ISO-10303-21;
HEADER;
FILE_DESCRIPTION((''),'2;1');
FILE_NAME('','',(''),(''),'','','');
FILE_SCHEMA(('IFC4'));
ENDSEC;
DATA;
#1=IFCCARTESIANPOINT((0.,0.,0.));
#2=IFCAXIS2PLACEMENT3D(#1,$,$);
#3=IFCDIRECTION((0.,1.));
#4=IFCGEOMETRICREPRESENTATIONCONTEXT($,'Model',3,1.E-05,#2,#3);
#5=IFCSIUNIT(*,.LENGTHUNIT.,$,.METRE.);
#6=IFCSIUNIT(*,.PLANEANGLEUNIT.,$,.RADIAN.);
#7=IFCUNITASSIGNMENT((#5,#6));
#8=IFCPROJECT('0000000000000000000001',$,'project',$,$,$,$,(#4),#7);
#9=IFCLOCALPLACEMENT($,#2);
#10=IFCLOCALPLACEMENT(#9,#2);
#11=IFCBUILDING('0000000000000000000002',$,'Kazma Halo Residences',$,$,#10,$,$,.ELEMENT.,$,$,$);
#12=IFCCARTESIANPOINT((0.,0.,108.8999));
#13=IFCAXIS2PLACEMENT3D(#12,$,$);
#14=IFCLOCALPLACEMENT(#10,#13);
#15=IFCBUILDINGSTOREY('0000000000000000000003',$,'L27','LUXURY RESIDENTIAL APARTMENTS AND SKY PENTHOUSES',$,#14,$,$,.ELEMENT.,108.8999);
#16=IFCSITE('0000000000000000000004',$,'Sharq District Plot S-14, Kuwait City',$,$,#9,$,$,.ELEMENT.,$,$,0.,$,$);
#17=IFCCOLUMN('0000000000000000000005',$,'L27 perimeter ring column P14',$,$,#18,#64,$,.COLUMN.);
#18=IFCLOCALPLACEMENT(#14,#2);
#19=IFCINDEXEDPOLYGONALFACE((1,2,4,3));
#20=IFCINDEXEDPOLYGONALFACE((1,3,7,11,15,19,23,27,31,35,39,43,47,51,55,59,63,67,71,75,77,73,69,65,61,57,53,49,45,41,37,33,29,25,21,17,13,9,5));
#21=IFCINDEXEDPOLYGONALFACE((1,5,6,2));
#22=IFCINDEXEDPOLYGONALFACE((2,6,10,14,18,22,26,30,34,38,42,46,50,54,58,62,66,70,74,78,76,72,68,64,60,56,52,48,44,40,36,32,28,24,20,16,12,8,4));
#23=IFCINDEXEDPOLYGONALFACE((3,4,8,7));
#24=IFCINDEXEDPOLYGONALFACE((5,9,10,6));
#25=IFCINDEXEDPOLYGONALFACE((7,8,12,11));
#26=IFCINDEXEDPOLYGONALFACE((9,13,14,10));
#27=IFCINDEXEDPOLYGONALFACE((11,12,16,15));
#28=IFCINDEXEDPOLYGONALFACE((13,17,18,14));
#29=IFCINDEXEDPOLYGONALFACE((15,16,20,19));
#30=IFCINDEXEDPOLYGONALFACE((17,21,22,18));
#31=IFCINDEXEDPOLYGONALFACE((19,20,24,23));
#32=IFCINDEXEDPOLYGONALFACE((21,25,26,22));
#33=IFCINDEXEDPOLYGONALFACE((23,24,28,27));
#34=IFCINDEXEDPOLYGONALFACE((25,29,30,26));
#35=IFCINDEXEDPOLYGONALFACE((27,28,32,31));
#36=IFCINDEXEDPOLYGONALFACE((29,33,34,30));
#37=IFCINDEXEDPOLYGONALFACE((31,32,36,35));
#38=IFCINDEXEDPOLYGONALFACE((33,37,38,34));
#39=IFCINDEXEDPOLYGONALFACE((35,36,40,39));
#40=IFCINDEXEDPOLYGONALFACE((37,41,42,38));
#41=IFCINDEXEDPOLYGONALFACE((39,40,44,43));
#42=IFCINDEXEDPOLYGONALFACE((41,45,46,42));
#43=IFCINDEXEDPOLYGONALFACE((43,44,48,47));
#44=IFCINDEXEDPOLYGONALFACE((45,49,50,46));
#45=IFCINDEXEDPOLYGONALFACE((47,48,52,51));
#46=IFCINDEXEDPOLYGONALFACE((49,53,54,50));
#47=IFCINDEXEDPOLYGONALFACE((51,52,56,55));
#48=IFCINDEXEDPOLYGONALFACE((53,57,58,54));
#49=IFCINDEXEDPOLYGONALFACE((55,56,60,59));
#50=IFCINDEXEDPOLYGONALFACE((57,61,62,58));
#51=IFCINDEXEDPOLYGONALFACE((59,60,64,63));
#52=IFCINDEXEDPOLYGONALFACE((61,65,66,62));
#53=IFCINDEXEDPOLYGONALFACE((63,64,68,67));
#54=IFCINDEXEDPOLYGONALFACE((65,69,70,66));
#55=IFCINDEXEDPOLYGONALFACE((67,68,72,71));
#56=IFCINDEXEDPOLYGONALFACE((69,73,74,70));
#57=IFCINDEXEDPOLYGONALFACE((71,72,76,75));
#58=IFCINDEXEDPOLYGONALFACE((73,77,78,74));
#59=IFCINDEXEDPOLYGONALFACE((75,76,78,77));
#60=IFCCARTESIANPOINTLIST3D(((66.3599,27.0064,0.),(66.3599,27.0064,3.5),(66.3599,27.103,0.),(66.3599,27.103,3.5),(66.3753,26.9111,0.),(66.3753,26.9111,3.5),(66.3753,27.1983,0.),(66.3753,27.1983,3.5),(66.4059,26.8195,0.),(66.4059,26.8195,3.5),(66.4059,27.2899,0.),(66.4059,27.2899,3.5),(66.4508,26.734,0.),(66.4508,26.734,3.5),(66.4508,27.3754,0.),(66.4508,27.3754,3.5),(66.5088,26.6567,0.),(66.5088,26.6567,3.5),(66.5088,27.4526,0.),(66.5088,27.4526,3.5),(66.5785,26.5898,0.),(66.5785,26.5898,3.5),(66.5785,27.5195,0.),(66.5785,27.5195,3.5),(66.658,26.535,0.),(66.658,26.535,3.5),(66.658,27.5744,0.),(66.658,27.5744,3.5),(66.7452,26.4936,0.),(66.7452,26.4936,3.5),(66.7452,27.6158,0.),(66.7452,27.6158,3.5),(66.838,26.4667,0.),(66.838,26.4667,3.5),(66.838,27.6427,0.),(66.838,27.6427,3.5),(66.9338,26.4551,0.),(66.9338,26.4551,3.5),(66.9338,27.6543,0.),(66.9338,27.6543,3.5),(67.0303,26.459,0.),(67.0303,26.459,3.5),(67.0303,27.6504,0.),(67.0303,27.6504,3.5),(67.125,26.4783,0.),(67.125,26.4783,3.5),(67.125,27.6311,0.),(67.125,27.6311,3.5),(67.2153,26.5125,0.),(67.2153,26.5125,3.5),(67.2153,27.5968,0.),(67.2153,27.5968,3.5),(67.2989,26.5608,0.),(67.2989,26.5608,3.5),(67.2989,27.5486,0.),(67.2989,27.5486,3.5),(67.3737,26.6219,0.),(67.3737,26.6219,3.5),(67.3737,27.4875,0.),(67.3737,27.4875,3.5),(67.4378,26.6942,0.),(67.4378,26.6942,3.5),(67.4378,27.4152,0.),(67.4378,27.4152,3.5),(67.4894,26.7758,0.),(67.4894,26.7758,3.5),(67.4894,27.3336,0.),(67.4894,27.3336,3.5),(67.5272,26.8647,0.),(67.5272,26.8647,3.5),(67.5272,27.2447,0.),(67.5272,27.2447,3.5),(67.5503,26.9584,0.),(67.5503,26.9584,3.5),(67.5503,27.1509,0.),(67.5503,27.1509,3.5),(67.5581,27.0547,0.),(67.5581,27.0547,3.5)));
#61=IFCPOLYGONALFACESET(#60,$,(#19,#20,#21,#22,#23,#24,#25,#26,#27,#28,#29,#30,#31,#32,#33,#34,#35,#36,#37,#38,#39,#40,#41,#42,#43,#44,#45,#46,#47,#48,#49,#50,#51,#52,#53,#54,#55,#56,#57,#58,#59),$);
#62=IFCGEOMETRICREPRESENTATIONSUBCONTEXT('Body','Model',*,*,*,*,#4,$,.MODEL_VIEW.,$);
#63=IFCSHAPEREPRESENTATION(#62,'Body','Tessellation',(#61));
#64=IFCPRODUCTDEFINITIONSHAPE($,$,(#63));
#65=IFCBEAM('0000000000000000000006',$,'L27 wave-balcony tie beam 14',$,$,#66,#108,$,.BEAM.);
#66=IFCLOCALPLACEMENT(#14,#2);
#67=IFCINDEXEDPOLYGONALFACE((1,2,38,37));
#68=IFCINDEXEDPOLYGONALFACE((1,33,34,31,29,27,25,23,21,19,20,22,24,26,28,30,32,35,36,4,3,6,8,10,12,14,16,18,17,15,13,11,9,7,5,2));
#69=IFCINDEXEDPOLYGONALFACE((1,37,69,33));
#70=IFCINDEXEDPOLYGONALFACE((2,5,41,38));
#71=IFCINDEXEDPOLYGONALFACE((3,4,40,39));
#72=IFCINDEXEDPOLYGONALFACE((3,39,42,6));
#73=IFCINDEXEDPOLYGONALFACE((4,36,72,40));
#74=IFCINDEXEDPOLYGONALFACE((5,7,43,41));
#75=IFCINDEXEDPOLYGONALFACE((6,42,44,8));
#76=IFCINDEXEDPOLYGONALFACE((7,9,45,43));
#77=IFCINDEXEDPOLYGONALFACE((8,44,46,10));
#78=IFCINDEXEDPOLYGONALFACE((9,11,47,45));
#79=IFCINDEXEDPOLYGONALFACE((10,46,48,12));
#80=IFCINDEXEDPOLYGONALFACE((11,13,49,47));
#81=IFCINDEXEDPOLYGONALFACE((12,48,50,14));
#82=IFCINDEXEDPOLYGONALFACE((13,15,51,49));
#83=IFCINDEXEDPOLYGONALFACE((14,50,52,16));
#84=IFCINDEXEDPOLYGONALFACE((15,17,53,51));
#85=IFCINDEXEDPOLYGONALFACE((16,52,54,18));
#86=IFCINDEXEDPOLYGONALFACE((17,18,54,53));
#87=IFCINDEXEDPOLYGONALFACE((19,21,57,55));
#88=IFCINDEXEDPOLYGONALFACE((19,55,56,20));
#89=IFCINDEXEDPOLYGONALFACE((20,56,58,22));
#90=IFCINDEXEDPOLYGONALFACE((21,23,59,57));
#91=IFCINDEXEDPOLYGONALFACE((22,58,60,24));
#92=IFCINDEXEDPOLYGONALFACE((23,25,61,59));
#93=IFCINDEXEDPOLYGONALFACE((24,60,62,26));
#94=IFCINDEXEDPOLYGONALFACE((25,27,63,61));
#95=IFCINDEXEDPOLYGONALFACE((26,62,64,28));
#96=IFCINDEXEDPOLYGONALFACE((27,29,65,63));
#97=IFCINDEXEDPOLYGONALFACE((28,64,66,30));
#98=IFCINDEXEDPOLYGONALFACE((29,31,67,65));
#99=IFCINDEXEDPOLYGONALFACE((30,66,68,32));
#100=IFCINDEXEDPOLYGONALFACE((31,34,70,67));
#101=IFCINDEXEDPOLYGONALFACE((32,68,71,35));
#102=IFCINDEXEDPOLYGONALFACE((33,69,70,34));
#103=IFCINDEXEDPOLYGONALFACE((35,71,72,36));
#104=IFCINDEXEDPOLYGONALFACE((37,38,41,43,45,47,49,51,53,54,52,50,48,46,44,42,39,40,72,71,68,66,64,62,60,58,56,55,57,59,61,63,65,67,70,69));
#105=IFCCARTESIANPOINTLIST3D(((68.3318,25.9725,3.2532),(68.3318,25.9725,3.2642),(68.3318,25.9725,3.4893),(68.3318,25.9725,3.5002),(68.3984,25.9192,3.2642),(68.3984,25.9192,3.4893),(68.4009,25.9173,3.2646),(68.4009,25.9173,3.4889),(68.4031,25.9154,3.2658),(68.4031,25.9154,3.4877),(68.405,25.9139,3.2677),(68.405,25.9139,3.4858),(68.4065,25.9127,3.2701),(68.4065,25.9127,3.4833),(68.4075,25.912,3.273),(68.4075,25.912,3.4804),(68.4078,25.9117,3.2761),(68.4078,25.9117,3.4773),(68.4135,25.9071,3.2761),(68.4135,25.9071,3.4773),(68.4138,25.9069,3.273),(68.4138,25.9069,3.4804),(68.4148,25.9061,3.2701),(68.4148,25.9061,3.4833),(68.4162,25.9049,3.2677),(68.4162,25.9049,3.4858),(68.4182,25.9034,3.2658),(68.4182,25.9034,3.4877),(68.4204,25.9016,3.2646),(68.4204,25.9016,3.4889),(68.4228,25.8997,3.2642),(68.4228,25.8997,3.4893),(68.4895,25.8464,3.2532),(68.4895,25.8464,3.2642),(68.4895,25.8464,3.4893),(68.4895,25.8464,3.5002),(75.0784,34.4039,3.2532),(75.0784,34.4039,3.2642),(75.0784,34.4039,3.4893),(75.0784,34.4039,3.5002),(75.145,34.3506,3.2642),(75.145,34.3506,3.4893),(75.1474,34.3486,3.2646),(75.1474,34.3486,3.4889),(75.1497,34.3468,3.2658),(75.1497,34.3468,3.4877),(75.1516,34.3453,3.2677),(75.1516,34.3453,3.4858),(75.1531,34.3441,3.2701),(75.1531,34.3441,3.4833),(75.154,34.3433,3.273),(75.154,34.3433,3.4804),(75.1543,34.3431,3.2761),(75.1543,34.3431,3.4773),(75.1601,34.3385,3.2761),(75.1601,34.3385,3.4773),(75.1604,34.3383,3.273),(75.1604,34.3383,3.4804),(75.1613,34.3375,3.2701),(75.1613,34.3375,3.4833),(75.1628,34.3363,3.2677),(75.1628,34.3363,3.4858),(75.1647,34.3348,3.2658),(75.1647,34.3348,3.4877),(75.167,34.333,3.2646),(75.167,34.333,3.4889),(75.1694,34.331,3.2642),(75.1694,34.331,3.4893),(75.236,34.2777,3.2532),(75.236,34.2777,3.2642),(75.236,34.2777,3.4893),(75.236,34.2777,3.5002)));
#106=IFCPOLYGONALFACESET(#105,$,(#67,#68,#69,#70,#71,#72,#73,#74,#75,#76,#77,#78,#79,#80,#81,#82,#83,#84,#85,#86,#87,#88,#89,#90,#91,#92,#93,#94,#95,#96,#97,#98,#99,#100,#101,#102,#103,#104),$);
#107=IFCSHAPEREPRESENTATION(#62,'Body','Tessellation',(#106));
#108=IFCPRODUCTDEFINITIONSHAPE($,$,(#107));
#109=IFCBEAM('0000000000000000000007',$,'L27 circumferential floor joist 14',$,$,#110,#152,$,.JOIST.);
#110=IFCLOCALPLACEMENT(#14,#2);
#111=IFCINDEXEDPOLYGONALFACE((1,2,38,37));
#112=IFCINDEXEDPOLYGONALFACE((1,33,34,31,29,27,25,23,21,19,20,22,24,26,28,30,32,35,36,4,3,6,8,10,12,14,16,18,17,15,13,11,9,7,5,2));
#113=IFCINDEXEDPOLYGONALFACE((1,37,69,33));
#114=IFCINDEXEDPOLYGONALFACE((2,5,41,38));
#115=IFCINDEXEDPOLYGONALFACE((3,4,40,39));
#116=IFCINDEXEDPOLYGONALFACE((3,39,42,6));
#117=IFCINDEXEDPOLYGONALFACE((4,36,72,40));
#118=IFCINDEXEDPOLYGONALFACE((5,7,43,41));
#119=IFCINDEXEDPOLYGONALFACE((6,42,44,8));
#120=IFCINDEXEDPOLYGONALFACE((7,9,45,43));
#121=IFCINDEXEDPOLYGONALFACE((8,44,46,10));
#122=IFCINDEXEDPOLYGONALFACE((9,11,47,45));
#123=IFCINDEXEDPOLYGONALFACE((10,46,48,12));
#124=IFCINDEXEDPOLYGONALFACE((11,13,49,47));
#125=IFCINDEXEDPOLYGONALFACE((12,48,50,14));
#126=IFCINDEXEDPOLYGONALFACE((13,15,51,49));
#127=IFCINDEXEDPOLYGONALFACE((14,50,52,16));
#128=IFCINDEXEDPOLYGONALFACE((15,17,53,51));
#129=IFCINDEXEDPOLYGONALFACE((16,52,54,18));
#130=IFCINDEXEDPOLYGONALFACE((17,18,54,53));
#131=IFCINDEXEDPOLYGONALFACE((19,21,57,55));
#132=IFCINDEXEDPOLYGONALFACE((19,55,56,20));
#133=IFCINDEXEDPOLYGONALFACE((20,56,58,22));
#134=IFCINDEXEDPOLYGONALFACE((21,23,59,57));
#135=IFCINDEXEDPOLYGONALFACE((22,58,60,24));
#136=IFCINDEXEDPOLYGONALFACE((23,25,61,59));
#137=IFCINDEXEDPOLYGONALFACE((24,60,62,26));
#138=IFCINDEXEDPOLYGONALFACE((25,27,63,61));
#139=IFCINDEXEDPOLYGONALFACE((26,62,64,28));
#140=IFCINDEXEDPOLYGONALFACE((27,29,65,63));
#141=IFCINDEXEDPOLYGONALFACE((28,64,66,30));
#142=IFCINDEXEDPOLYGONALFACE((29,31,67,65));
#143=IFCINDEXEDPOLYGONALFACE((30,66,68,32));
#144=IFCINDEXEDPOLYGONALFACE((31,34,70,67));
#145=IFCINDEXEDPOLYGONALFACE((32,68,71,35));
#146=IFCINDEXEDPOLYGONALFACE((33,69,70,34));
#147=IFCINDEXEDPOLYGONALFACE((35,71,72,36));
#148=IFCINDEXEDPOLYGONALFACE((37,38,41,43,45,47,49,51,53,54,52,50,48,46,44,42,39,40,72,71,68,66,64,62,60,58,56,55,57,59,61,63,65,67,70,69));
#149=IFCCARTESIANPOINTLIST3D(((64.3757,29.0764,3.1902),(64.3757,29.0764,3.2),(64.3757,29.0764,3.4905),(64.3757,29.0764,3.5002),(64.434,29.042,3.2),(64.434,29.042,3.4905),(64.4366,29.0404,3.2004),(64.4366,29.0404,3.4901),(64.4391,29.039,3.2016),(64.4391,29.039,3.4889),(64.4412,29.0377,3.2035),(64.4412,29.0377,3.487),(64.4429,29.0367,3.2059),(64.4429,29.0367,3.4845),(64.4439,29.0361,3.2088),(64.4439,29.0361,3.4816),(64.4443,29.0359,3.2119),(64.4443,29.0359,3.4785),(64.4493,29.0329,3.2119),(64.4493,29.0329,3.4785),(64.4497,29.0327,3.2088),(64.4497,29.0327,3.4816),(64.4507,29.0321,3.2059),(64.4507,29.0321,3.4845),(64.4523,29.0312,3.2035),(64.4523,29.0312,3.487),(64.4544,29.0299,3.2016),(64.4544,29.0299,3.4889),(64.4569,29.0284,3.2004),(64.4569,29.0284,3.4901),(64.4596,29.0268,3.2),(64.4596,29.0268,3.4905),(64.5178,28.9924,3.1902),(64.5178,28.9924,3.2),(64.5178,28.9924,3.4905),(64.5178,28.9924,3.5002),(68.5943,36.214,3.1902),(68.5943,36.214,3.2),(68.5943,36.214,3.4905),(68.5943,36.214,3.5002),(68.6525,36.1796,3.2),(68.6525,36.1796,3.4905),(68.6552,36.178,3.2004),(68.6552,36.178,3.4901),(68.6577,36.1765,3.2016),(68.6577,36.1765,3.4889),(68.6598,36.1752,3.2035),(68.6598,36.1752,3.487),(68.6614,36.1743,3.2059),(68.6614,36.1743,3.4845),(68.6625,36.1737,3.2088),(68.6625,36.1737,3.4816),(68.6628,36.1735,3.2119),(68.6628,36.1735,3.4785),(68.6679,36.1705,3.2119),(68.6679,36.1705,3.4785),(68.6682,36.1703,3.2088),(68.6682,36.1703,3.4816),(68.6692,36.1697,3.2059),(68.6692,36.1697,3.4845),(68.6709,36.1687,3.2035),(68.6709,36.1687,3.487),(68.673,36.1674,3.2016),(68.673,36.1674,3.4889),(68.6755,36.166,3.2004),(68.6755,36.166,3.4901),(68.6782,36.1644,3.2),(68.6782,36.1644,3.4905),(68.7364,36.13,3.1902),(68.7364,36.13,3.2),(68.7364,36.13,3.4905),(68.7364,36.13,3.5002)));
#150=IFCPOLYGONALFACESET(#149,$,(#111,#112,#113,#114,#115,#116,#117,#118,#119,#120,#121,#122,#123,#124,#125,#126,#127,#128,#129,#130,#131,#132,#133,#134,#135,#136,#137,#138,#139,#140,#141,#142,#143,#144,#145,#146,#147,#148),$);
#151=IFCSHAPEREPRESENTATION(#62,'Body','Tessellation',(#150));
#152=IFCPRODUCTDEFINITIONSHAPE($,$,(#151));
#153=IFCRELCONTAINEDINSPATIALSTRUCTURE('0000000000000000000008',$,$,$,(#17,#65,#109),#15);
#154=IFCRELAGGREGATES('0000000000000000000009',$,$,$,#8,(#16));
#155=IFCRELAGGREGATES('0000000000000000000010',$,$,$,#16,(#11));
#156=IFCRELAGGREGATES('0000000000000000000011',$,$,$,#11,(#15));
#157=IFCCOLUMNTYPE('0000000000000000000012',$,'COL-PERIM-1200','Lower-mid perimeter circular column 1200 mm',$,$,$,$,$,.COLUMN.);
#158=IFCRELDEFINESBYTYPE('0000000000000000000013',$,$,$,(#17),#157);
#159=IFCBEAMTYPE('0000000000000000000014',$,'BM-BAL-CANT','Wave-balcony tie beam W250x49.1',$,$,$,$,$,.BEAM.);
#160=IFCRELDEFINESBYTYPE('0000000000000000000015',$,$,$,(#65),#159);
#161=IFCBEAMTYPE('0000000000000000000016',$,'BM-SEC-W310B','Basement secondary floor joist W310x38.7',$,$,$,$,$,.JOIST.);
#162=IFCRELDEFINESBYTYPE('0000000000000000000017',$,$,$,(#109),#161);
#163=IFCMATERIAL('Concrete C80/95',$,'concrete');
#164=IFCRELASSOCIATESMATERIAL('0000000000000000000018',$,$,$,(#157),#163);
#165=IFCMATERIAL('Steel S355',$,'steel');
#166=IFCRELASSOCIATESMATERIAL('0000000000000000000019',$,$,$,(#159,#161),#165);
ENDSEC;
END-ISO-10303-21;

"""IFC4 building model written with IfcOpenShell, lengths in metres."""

from ifc_helpers import new_model, si_unit, direction, frame, origin, origin_2d, place, context, subcontext, project, spatial, circle, i_section, extrude, material, material_profile, profile_set, type_object, element, save


model = new_model("IFC4")

# Units and contexts
model_context = context("Model", 3, precision=1e-05, world=origin(), true_north=direction((0.0, 1.0)))
body_context = subcontext(model_context, "Body", "Model", "MODEL_VIEW")
ifc_project = project(units=[si_unit("LENGTHUNIT", "METRE"), si_unit("PLANEANGLEUNIT", "RADIAN")], contexts=[model_context])

# Site, building, storey
site_placement = place(None, origin())
site = spatial("IfcSite", under=ifc_project, at=site_placement, Name="Sharq District Plot S-14, Kuwait City", CompositionType="ELEMENT", RefElevation=0.0)
building_placement = place(site_placement, origin())
building = spatial("IfcBuilding", under=site, at=building_placement, Name="Kazma Halo Residences", CompositionType="ELEMENT")
storey_placement = place(building_placement, frame((0.0, 0.0, 108.8999)))
storey = spatial("IfcBuildingStorey", under=building, at=storey_placement, Name="L27", Description="LUXURY RESIDENTIAL APARTMENTS AND SKY PENTHOUSES", CompositionType="ELEMENT", Elevation=108.8999)

# Column
ifc_material_1 = material(Name="Concrete C80/95", Category="concrete")
ifc_material_profile_1 = material_profile(ifc_material_1, circle(Radius=0.6001, at=origin_2d()), Name="CIRC1200")
ifc_profile_set_1 = profile_set([ifc_material_profile_1], Name="Concrete C80/95")
column_type = type_object("IfcColumnType", Name="COL-PERIM-1200", Description="Lower-mid perimeter circular column 1200 mm", PredefinedType="COLUMN", material=ifc_profile_set_1)
column_placement = place(storey_placement, frame((66.958, 27.0547, 0.0), z_axis=(0.0, 0.0, 1.0), x_axis=(1.0, 0.0, 0.0)))
element("IfcColumn", 1, at=column_placement, inside=storey, type_object=column_type, Name="L27 perimeter ring column P14", PredefinedType="COLUMN", context=body_context, shape_type="SweptSolid", body=[
    extrude(circle(Radius=0.6001, at=origin_2d()), origin(), (0.0, 0.0, 1.0), 3.5),
])

# Beams
ifc_material_2 = material(Name="Steel S355", Category="steel")
ifc_material_profile_2 = material_profile(ifc_material_2, i_section(OverallWidth=0.2019, OverallDepth=0.2471, WebThickness=0.0073, FlangeThickness=0.011, FilletRadius=0.012, at=origin_2d()), Name="W250x49.1")
ifc_profile_set_2 = profile_set([ifc_material_profile_2], Name="Steel S355")
beam_type_1 = type_object("IfcBeamType", Name="BM-BAL-CANT", Description="Wave-balcony tie beam W250x49.1", PredefinedType="BEAM", material=ifc_profile_set_2)
beam_1_placement = place(storey_placement, frame((68.4106, 25.9094, 3.3767), z_axis=(0.624778, 0.780803, 0.0), x_axis=(-0.780803, 0.624778, 0.0)))
element("IfcBeam", 2, at=beam_1_placement, inside=storey, type_object=beam_type_1, Name="L27 wave-balcony tie beam 14", PredefinedType="BEAM", context=body_context, shape_type="SweptSolid", body=[
    extrude(i_section(OverallWidth=0.2019, OverallDepth=0.2471, WebThickness=0.0073, FlangeThickness=0.011, FilletRadius=0.012, at=origin_2d()), origin(), (0.0, 0.0, 1.0), 10.7983),
])
ifc_material_profile_3 = material_profile(ifc_material_2, i_section(OverallWidth=0.165, OverallDepth=0.3101, WebThickness=0.0059, FlangeThickness=0.0098, FilletRadius=0.012, at=origin_2d()), Name="W310x38.7")
ifc_profile_set_3 = profile_set([ifc_material_profile_3], Name="Steel S355")
beam_type_2 = type_object("IfcBeamType", Name="BM-SEC-W310B", Description="Basement secondary floor joist W310x38.7", PredefinedType="JOIST", material=ifc_profile_set_3)
beam_2_placement = place(storey_placement, frame((64.4468, 29.0344, 3.3452), z_axis=(0.508812, 0.860878, 0.0), x_axis=(-0.860878, 0.508812, 0.0)))
element("IfcBeam", 3, at=beam_2_placement, inside=storey, type_object=beam_type_2, Name="L27 circumferential floor joist 14", PredefinedType="JOIST", context=body_context, shape_type="SweptSolid", body=[
    extrude(i_section(OverallWidth=0.165, OverallDepth=0.3101, WebThickness=0.0059, FlangeThickness=0.0098, FilletRadius=0.012, at=origin_2d()), origin(), (0.0, 0.0, 1.0), 8.291),
])

save(model, "model.ifc")
